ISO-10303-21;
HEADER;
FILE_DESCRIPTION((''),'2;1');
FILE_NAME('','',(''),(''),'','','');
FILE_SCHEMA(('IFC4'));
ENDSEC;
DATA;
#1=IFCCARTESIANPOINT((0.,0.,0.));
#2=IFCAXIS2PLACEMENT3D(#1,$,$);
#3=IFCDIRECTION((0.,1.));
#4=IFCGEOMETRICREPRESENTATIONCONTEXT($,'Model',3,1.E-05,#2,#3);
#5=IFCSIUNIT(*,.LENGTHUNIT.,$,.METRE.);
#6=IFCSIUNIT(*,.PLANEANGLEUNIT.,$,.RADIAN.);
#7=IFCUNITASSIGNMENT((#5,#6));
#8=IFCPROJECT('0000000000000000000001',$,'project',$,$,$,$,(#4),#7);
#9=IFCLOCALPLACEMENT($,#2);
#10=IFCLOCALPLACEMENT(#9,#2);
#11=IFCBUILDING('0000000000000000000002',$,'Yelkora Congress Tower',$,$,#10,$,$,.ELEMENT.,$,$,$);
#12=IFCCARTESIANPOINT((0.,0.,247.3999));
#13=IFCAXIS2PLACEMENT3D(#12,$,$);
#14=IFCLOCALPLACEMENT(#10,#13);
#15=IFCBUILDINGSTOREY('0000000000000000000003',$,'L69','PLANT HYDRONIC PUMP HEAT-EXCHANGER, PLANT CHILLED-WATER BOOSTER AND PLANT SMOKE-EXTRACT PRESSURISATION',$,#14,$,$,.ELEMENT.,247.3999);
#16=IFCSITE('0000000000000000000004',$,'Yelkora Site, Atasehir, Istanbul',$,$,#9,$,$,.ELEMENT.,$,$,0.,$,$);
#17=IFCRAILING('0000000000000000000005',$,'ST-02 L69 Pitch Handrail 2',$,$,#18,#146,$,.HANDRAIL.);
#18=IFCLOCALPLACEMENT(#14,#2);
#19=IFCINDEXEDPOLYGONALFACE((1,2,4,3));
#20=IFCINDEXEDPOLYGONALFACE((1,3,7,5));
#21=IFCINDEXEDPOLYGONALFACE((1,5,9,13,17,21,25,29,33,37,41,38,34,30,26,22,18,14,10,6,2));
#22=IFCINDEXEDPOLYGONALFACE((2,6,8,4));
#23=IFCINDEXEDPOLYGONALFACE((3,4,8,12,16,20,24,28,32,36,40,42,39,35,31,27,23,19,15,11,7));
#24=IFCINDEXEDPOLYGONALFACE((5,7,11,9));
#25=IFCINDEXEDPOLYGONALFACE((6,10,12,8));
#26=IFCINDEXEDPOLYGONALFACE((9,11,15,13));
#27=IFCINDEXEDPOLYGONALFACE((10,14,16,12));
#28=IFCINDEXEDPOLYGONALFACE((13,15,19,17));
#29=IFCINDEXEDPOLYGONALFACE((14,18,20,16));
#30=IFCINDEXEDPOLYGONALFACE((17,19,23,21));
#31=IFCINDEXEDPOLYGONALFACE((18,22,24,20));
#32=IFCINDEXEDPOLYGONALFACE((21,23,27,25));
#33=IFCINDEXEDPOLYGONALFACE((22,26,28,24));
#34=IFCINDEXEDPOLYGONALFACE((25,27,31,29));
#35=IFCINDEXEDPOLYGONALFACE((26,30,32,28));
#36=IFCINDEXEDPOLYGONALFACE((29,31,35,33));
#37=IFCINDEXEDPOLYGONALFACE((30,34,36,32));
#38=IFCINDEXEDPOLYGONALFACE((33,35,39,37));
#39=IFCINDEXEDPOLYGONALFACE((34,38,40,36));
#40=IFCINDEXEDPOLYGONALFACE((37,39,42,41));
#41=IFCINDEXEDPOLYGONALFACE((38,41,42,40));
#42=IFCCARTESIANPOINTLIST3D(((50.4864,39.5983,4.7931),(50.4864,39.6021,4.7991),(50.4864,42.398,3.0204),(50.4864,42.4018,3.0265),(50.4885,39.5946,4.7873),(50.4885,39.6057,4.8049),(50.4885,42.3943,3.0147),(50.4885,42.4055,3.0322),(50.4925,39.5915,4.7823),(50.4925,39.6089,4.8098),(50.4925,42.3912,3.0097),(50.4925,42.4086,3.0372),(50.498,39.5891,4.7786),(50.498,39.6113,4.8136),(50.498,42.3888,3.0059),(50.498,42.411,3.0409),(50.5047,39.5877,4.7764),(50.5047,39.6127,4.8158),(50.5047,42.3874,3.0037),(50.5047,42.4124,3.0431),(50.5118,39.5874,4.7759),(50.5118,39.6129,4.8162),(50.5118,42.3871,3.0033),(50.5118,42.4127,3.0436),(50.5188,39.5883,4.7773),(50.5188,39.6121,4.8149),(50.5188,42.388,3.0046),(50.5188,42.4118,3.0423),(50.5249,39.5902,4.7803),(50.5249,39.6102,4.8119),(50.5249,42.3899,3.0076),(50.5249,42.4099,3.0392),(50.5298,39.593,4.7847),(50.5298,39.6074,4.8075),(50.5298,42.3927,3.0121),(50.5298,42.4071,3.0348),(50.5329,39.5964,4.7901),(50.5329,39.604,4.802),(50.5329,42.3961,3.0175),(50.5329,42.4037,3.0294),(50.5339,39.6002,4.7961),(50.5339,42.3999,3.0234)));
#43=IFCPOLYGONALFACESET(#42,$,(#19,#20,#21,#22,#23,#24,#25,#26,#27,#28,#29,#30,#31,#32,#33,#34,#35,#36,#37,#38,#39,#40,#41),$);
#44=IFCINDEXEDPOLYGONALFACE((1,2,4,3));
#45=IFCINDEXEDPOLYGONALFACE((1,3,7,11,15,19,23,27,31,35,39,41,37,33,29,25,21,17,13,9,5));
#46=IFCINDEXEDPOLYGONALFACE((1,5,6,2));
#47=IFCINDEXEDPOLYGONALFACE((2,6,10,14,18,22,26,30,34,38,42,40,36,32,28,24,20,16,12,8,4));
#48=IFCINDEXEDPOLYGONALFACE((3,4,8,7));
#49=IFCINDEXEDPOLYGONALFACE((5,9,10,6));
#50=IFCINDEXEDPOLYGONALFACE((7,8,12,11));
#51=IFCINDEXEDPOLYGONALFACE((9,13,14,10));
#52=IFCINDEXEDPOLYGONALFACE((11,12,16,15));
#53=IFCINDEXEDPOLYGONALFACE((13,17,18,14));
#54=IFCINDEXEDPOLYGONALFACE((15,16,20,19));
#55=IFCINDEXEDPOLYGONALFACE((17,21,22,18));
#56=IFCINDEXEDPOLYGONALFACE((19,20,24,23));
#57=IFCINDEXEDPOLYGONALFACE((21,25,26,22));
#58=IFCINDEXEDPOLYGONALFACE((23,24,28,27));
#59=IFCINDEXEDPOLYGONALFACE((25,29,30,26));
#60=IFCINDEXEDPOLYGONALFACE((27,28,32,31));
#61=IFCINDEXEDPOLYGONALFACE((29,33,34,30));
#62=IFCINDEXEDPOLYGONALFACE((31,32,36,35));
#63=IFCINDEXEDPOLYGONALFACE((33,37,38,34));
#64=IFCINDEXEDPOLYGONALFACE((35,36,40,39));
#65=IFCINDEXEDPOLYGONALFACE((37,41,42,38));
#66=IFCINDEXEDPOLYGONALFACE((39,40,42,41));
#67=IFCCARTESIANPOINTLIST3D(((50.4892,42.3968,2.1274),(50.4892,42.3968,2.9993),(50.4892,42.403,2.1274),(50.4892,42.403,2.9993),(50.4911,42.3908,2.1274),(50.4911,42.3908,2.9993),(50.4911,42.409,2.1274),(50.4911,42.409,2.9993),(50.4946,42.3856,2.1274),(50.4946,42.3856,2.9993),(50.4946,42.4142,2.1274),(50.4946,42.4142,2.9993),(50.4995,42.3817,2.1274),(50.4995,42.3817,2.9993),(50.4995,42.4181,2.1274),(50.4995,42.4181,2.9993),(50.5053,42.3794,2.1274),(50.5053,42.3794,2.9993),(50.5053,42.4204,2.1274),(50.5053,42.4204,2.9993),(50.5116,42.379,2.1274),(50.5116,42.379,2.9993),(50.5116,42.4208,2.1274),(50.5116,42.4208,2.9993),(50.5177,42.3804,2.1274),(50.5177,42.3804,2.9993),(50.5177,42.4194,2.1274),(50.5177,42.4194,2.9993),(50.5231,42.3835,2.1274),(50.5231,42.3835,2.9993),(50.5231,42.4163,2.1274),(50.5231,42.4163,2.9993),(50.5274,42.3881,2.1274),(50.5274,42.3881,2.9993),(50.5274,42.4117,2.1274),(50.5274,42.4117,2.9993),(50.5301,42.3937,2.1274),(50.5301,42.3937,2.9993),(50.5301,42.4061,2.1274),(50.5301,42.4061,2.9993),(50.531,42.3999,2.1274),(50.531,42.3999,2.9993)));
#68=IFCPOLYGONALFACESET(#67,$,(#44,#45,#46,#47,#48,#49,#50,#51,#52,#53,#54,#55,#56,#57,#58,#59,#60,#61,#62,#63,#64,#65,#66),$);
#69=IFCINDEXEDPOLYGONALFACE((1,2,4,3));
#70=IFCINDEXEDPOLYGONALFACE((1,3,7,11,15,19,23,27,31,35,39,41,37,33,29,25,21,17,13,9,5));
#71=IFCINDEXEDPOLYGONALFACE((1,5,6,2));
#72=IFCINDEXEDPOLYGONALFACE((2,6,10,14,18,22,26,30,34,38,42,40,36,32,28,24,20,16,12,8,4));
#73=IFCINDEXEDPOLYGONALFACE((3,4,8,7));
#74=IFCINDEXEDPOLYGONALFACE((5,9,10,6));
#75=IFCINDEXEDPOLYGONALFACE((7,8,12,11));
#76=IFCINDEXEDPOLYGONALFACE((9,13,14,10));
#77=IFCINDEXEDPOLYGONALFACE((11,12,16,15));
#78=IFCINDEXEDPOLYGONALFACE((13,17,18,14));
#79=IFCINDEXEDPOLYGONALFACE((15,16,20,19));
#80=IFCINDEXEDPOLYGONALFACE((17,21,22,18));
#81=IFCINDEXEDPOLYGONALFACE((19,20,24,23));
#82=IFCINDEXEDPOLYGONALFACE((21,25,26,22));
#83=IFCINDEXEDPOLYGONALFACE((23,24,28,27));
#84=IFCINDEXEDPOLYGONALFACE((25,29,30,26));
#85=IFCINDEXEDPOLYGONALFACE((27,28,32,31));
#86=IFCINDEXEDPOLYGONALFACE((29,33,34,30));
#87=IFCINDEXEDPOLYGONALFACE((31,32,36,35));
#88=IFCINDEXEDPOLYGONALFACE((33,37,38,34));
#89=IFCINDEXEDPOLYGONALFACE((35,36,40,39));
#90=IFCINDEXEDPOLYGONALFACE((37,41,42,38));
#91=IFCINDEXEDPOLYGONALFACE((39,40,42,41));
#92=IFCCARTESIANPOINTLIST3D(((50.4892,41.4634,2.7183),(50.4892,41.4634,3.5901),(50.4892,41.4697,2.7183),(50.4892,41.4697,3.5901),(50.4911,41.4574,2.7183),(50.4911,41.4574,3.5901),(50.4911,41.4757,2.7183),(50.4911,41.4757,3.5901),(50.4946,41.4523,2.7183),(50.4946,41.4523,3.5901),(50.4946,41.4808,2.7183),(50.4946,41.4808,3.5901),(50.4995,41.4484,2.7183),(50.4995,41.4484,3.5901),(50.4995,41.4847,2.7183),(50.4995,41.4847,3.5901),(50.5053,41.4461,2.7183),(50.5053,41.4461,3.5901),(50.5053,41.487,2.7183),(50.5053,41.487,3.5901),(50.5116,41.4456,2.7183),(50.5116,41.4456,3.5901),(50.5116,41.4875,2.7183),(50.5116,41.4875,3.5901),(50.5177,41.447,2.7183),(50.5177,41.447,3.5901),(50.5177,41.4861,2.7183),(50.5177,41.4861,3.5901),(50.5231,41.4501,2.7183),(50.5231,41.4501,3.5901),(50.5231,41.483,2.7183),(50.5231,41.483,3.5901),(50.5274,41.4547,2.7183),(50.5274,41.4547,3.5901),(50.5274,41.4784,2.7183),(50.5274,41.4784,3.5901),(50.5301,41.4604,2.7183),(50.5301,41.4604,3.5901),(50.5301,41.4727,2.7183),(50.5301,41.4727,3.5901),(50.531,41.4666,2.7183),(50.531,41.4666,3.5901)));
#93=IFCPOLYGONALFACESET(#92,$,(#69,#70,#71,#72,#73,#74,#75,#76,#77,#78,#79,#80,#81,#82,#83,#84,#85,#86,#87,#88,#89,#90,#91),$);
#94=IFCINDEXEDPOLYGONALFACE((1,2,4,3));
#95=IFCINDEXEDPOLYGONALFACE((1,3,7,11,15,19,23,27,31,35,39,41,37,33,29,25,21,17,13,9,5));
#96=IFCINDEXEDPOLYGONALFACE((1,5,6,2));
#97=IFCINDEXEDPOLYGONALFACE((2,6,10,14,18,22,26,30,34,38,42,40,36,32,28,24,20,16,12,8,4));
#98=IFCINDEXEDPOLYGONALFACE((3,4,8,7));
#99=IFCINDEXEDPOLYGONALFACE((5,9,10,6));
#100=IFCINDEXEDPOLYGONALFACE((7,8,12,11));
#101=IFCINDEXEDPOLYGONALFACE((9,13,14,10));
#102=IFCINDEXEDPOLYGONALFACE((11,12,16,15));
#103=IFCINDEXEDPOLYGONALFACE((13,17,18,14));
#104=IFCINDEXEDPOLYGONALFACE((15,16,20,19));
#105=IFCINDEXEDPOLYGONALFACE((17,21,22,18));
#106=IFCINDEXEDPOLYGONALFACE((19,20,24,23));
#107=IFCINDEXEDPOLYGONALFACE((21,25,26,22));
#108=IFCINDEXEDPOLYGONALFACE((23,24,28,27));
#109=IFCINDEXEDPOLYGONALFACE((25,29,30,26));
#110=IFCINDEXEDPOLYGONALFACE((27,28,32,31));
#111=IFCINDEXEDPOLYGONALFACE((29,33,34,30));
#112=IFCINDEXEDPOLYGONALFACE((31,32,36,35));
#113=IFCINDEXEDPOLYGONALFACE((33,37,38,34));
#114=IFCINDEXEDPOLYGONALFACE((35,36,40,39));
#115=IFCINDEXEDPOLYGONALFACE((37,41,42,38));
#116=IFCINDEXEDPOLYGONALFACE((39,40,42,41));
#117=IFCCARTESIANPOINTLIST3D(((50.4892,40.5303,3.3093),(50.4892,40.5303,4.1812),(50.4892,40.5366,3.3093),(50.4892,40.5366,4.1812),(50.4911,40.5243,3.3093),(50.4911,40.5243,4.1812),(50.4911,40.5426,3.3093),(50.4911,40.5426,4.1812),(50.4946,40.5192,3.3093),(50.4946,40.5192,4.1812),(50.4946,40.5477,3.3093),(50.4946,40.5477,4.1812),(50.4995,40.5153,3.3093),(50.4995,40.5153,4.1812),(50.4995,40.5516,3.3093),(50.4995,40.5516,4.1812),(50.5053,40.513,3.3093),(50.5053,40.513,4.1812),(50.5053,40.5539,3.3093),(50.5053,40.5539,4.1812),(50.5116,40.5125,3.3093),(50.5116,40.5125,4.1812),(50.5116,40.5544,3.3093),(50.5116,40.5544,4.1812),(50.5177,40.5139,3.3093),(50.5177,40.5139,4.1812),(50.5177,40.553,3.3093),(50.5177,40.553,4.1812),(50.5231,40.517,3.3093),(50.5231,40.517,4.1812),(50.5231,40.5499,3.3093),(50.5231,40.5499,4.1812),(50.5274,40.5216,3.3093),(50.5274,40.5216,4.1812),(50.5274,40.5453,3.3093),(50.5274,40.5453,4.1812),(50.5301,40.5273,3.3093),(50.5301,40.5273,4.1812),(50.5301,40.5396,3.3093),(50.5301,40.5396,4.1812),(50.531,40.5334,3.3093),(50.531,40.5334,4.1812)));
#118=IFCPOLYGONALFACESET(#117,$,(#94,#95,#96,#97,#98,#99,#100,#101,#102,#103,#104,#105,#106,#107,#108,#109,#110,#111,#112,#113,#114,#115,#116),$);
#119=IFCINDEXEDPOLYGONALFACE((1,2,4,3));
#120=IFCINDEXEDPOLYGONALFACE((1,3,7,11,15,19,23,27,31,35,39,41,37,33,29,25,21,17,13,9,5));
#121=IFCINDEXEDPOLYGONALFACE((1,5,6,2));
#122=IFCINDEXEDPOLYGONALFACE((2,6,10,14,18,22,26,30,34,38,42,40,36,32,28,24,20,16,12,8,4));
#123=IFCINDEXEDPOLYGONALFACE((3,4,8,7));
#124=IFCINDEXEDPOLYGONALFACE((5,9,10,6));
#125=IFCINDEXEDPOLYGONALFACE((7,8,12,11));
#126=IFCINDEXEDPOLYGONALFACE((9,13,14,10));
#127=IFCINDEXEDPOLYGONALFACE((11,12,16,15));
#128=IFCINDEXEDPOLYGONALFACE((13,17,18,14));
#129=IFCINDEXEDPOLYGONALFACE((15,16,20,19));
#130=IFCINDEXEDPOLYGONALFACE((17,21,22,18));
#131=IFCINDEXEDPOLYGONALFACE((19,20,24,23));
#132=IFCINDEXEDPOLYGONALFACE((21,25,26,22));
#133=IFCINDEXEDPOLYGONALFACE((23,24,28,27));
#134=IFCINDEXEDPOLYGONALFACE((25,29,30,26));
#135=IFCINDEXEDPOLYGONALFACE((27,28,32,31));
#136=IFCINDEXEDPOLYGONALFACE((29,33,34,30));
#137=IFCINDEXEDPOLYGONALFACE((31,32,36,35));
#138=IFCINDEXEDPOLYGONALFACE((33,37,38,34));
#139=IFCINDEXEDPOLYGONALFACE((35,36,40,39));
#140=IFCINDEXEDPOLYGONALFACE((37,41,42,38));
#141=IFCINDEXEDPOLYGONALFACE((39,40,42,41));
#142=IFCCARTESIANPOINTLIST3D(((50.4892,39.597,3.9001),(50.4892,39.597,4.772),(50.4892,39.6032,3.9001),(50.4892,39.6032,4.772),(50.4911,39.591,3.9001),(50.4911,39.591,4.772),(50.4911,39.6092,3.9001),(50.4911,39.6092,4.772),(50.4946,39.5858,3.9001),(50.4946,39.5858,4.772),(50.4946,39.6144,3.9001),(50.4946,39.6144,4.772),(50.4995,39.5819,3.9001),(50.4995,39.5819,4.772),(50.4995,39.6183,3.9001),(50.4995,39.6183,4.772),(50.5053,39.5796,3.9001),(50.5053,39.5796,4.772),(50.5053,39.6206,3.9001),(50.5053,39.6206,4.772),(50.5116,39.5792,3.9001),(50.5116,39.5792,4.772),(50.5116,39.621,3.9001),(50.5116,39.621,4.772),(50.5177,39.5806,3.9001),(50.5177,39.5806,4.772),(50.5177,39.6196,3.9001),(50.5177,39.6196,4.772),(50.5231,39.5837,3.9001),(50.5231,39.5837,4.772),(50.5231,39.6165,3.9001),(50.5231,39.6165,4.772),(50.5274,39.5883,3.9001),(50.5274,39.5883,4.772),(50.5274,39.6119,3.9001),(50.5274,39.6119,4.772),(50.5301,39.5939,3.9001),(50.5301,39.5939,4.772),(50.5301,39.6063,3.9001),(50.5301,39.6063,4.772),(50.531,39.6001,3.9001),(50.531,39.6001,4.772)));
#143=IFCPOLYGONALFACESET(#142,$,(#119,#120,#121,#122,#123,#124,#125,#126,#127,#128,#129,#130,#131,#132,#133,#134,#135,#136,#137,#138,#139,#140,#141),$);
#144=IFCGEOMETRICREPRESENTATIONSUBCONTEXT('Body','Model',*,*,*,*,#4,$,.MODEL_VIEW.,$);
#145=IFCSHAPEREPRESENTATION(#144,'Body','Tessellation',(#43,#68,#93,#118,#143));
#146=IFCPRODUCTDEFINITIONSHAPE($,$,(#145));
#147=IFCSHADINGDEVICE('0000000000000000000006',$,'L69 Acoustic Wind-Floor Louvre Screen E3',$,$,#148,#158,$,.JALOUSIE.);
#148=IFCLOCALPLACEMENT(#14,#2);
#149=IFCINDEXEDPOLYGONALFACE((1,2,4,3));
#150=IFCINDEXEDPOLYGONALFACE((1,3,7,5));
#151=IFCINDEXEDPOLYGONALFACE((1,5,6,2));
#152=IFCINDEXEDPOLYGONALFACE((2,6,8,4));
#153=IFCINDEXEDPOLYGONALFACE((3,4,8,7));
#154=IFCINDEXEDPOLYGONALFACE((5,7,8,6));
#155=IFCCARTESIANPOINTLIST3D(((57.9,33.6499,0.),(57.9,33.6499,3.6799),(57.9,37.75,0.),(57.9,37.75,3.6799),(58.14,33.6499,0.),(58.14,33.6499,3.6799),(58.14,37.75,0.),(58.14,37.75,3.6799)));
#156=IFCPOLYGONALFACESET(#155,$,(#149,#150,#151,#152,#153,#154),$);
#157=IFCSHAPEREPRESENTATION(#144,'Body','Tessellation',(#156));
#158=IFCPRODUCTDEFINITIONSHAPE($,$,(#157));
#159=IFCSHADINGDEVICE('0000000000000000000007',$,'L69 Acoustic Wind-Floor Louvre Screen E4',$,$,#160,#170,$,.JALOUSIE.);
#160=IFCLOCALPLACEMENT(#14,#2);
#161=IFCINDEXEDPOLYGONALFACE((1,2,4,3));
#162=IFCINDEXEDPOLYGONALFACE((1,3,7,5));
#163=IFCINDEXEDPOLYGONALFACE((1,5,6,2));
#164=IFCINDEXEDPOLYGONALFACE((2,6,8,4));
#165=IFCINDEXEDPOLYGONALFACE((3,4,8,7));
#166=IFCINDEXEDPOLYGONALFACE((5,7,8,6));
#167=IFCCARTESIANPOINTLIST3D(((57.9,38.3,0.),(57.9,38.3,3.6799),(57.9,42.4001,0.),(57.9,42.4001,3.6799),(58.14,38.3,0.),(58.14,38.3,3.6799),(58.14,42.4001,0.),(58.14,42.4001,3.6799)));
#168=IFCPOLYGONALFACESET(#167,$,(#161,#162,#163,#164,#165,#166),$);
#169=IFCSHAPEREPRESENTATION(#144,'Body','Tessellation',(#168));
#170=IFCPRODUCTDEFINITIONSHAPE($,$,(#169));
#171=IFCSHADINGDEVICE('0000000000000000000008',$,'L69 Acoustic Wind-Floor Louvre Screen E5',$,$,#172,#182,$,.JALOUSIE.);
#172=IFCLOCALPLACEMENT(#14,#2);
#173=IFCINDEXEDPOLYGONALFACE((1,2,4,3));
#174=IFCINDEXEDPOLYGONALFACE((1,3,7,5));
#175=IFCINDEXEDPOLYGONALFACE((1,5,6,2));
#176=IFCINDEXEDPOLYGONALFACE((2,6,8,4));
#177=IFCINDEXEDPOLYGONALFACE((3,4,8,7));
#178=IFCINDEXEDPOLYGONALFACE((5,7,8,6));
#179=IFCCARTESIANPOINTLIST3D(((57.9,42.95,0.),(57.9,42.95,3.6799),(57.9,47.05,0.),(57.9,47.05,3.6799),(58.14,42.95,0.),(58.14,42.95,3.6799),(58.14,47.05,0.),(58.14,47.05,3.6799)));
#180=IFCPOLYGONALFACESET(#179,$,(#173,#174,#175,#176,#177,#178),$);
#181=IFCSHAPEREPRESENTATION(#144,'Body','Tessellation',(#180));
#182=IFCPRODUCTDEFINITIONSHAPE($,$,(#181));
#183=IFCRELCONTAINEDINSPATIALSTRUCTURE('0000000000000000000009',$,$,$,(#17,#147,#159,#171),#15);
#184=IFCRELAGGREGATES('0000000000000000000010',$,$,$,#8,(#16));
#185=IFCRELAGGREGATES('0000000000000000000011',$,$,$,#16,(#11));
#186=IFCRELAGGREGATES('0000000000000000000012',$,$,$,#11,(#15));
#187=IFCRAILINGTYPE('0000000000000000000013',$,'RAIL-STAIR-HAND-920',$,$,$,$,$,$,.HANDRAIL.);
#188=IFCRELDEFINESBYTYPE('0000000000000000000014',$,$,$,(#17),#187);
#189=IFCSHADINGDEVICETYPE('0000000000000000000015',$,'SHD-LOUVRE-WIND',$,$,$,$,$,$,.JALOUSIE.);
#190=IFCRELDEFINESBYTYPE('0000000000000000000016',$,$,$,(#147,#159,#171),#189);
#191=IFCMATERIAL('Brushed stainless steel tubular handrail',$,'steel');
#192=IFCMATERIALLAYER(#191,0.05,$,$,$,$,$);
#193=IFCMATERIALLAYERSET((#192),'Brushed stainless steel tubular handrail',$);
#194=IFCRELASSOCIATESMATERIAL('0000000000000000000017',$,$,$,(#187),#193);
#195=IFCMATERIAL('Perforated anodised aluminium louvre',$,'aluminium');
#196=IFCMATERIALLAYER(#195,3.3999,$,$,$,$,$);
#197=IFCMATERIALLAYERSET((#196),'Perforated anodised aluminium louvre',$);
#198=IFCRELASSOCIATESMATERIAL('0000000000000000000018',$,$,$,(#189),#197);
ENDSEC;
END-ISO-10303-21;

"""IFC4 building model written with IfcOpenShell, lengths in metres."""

from ifc_helpers import new_model, si_unit, direction, frame, origin, origin_2d, place, context, subcontext, project, spatial, rectangle, circle, extrude, material, layer, layer_set, type_object, element, save


model = new_model("IFC4")

# Units and contexts
model_context = context("Model", 3, precision=1e-05, world=origin(), true_north=direction((0.0, 1.0)))
body_context = subcontext(model_context, "Body", "Model", "MODEL_VIEW")
ifc_project = project(units=[si_unit("LENGTHUNIT", "METRE"), si_unit("PLANEANGLEUNIT", "RADIAN")], contexts=[model_context])

# Site, building, storey
site_placement = place(None, origin())
site = spatial("IfcSite", under=ifc_project, at=site_placement, Name="Yelkora Site, Atasehir, Istanbul", CompositionType="ELEMENT", RefElevation=0.0)
building_placement = place(site_placement, origin())
building = spatial("IfcBuilding", under=site, at=building_placement, Name="Yelkora Congress Tower", CompositionType="ELEMENT")
storey_placement = place(building_placement, frame((0.0, 0.0, 247.3999)))
storey = spatial("IfcBuildingStorey", under=building, at=storey_placement, Name="L69", Description="PLANT HYDRONIC PUMP HEAT-EXCHANGER, PLANT CHILLED-WATER BOOSTER AND PLANT SMOKE-EXTRACT PRESSURISATION", CompositionType="ELEMENT", Elevation=247.3999)

# Railing
ifc_material_1 = material(Name="Brushed stainless steel tubular handrail", Category="steel")
ifc_layer_1 = layer(ifc_material_1, 0.05)
ifc_layer_set_1 = layer_set([ifc_layer_1], Name="Brushed stainless steel tubular handrail")
railing_type_1 = type_object("IfcRailingType", Name="RAIL-STAIR-HAND-920", PredefinedType="HANDRAIL", material=ifc_layer_set_1)
railing_1_placement = place(storey_placement, frame((50.51, 42.3999, 2.1274)))
element("IfcRailing", 1, at=railing_1_placement, inside=storey, type_object=railing_type_1, Name="ST-02 L69 Pitch Handrail 2", PredefinedType="HANDRAIL", context=body_context, shape_type="SweptSolid", body=[
    extrude(circle(Radius=0.0239, at=origin_2d()), frame((0.0, 0.0, 0.896), z_axis=(0.0, -0.844888, 0.534943), x_axis=(1.0, 0.0, 0.0)), (0.0, 0.0, 1.0), 3.3137),
    extrude(circle(Radius=0.021, at=origin_2d()), origin(), (0.0, 0.0, 1.0), 0.8718),
    extrude(circle(Radius=0.021, at=origin_2d()), frame((0.0, -0.9333, 0.5908)), (0.0, 0.0, 1.0), 0.8718),
    extrude(circle(Radius=0.021, at=origin_2d()), frame((0.0, -1.8665, 1.1819)), (0.0, 0.0, 1.0), 0.8718),
    extrude(circle(Radius=0.021, at=origin_2d()), frame((0.0, -2.7998, 1.7727)), (0.0, 0.0, 1.0), 0.8718),
])

# Shading devices
ifc_material_2 = material(Name="Perforated anodised aluminium louvre", Category="aluminium")
ifc_layer_2 = layer(ifc_material_2, 3.3999)
ifc_layer_set_2 = layer_set([ifc_layer_2], Name="Perforated anodised aluminium louvre")
shading_device_type = type_object("IfcShadingDeviceType", Name="SHD-LOUVRE-WIND", PredefinedType="JALOUSIE", material=ifc_layer_set_2)
for number, where, z_axis, x_axis, name in (
    (2, (58.02, 35.7, 0.0), (0.0, 0.0, 1.0), (1.0, 0.0, 0.0), "L69 Acoustic Wind-Floor Louvre Screen E3"),
    (3, (58.02, 40.3501, 0.0), (0.0, 0.0, 1.0), (1.0, 0.0, 0.0), "L69 Acoustic Wind-Floor Louvre Screen E4"),
    (4, (58.02, 45.0, 0.0), (0.0, 0.0, 1.0), (1.0, 0.0, 0.0), "L69 Acoustic Wind-Floor Louvre Screen E5"),
):
    element("IfcShadingDevice", number, at=place(storey_placement, frame(where, z_axis=z_axis, x_axis=x_axis)), inside=storey, type_object=shading_device_type, Name=name, PredefinedType="JALOUSIE", context=body_context, shape_type="SweptSolid", body=[
        extrude(rectangle(XDim=0.24, YDim=4.1001, at=origin_2d()), origin(), (0.0, 0.0, 1.0), 3.6799),
    ])

save(model, "model.ifc")
